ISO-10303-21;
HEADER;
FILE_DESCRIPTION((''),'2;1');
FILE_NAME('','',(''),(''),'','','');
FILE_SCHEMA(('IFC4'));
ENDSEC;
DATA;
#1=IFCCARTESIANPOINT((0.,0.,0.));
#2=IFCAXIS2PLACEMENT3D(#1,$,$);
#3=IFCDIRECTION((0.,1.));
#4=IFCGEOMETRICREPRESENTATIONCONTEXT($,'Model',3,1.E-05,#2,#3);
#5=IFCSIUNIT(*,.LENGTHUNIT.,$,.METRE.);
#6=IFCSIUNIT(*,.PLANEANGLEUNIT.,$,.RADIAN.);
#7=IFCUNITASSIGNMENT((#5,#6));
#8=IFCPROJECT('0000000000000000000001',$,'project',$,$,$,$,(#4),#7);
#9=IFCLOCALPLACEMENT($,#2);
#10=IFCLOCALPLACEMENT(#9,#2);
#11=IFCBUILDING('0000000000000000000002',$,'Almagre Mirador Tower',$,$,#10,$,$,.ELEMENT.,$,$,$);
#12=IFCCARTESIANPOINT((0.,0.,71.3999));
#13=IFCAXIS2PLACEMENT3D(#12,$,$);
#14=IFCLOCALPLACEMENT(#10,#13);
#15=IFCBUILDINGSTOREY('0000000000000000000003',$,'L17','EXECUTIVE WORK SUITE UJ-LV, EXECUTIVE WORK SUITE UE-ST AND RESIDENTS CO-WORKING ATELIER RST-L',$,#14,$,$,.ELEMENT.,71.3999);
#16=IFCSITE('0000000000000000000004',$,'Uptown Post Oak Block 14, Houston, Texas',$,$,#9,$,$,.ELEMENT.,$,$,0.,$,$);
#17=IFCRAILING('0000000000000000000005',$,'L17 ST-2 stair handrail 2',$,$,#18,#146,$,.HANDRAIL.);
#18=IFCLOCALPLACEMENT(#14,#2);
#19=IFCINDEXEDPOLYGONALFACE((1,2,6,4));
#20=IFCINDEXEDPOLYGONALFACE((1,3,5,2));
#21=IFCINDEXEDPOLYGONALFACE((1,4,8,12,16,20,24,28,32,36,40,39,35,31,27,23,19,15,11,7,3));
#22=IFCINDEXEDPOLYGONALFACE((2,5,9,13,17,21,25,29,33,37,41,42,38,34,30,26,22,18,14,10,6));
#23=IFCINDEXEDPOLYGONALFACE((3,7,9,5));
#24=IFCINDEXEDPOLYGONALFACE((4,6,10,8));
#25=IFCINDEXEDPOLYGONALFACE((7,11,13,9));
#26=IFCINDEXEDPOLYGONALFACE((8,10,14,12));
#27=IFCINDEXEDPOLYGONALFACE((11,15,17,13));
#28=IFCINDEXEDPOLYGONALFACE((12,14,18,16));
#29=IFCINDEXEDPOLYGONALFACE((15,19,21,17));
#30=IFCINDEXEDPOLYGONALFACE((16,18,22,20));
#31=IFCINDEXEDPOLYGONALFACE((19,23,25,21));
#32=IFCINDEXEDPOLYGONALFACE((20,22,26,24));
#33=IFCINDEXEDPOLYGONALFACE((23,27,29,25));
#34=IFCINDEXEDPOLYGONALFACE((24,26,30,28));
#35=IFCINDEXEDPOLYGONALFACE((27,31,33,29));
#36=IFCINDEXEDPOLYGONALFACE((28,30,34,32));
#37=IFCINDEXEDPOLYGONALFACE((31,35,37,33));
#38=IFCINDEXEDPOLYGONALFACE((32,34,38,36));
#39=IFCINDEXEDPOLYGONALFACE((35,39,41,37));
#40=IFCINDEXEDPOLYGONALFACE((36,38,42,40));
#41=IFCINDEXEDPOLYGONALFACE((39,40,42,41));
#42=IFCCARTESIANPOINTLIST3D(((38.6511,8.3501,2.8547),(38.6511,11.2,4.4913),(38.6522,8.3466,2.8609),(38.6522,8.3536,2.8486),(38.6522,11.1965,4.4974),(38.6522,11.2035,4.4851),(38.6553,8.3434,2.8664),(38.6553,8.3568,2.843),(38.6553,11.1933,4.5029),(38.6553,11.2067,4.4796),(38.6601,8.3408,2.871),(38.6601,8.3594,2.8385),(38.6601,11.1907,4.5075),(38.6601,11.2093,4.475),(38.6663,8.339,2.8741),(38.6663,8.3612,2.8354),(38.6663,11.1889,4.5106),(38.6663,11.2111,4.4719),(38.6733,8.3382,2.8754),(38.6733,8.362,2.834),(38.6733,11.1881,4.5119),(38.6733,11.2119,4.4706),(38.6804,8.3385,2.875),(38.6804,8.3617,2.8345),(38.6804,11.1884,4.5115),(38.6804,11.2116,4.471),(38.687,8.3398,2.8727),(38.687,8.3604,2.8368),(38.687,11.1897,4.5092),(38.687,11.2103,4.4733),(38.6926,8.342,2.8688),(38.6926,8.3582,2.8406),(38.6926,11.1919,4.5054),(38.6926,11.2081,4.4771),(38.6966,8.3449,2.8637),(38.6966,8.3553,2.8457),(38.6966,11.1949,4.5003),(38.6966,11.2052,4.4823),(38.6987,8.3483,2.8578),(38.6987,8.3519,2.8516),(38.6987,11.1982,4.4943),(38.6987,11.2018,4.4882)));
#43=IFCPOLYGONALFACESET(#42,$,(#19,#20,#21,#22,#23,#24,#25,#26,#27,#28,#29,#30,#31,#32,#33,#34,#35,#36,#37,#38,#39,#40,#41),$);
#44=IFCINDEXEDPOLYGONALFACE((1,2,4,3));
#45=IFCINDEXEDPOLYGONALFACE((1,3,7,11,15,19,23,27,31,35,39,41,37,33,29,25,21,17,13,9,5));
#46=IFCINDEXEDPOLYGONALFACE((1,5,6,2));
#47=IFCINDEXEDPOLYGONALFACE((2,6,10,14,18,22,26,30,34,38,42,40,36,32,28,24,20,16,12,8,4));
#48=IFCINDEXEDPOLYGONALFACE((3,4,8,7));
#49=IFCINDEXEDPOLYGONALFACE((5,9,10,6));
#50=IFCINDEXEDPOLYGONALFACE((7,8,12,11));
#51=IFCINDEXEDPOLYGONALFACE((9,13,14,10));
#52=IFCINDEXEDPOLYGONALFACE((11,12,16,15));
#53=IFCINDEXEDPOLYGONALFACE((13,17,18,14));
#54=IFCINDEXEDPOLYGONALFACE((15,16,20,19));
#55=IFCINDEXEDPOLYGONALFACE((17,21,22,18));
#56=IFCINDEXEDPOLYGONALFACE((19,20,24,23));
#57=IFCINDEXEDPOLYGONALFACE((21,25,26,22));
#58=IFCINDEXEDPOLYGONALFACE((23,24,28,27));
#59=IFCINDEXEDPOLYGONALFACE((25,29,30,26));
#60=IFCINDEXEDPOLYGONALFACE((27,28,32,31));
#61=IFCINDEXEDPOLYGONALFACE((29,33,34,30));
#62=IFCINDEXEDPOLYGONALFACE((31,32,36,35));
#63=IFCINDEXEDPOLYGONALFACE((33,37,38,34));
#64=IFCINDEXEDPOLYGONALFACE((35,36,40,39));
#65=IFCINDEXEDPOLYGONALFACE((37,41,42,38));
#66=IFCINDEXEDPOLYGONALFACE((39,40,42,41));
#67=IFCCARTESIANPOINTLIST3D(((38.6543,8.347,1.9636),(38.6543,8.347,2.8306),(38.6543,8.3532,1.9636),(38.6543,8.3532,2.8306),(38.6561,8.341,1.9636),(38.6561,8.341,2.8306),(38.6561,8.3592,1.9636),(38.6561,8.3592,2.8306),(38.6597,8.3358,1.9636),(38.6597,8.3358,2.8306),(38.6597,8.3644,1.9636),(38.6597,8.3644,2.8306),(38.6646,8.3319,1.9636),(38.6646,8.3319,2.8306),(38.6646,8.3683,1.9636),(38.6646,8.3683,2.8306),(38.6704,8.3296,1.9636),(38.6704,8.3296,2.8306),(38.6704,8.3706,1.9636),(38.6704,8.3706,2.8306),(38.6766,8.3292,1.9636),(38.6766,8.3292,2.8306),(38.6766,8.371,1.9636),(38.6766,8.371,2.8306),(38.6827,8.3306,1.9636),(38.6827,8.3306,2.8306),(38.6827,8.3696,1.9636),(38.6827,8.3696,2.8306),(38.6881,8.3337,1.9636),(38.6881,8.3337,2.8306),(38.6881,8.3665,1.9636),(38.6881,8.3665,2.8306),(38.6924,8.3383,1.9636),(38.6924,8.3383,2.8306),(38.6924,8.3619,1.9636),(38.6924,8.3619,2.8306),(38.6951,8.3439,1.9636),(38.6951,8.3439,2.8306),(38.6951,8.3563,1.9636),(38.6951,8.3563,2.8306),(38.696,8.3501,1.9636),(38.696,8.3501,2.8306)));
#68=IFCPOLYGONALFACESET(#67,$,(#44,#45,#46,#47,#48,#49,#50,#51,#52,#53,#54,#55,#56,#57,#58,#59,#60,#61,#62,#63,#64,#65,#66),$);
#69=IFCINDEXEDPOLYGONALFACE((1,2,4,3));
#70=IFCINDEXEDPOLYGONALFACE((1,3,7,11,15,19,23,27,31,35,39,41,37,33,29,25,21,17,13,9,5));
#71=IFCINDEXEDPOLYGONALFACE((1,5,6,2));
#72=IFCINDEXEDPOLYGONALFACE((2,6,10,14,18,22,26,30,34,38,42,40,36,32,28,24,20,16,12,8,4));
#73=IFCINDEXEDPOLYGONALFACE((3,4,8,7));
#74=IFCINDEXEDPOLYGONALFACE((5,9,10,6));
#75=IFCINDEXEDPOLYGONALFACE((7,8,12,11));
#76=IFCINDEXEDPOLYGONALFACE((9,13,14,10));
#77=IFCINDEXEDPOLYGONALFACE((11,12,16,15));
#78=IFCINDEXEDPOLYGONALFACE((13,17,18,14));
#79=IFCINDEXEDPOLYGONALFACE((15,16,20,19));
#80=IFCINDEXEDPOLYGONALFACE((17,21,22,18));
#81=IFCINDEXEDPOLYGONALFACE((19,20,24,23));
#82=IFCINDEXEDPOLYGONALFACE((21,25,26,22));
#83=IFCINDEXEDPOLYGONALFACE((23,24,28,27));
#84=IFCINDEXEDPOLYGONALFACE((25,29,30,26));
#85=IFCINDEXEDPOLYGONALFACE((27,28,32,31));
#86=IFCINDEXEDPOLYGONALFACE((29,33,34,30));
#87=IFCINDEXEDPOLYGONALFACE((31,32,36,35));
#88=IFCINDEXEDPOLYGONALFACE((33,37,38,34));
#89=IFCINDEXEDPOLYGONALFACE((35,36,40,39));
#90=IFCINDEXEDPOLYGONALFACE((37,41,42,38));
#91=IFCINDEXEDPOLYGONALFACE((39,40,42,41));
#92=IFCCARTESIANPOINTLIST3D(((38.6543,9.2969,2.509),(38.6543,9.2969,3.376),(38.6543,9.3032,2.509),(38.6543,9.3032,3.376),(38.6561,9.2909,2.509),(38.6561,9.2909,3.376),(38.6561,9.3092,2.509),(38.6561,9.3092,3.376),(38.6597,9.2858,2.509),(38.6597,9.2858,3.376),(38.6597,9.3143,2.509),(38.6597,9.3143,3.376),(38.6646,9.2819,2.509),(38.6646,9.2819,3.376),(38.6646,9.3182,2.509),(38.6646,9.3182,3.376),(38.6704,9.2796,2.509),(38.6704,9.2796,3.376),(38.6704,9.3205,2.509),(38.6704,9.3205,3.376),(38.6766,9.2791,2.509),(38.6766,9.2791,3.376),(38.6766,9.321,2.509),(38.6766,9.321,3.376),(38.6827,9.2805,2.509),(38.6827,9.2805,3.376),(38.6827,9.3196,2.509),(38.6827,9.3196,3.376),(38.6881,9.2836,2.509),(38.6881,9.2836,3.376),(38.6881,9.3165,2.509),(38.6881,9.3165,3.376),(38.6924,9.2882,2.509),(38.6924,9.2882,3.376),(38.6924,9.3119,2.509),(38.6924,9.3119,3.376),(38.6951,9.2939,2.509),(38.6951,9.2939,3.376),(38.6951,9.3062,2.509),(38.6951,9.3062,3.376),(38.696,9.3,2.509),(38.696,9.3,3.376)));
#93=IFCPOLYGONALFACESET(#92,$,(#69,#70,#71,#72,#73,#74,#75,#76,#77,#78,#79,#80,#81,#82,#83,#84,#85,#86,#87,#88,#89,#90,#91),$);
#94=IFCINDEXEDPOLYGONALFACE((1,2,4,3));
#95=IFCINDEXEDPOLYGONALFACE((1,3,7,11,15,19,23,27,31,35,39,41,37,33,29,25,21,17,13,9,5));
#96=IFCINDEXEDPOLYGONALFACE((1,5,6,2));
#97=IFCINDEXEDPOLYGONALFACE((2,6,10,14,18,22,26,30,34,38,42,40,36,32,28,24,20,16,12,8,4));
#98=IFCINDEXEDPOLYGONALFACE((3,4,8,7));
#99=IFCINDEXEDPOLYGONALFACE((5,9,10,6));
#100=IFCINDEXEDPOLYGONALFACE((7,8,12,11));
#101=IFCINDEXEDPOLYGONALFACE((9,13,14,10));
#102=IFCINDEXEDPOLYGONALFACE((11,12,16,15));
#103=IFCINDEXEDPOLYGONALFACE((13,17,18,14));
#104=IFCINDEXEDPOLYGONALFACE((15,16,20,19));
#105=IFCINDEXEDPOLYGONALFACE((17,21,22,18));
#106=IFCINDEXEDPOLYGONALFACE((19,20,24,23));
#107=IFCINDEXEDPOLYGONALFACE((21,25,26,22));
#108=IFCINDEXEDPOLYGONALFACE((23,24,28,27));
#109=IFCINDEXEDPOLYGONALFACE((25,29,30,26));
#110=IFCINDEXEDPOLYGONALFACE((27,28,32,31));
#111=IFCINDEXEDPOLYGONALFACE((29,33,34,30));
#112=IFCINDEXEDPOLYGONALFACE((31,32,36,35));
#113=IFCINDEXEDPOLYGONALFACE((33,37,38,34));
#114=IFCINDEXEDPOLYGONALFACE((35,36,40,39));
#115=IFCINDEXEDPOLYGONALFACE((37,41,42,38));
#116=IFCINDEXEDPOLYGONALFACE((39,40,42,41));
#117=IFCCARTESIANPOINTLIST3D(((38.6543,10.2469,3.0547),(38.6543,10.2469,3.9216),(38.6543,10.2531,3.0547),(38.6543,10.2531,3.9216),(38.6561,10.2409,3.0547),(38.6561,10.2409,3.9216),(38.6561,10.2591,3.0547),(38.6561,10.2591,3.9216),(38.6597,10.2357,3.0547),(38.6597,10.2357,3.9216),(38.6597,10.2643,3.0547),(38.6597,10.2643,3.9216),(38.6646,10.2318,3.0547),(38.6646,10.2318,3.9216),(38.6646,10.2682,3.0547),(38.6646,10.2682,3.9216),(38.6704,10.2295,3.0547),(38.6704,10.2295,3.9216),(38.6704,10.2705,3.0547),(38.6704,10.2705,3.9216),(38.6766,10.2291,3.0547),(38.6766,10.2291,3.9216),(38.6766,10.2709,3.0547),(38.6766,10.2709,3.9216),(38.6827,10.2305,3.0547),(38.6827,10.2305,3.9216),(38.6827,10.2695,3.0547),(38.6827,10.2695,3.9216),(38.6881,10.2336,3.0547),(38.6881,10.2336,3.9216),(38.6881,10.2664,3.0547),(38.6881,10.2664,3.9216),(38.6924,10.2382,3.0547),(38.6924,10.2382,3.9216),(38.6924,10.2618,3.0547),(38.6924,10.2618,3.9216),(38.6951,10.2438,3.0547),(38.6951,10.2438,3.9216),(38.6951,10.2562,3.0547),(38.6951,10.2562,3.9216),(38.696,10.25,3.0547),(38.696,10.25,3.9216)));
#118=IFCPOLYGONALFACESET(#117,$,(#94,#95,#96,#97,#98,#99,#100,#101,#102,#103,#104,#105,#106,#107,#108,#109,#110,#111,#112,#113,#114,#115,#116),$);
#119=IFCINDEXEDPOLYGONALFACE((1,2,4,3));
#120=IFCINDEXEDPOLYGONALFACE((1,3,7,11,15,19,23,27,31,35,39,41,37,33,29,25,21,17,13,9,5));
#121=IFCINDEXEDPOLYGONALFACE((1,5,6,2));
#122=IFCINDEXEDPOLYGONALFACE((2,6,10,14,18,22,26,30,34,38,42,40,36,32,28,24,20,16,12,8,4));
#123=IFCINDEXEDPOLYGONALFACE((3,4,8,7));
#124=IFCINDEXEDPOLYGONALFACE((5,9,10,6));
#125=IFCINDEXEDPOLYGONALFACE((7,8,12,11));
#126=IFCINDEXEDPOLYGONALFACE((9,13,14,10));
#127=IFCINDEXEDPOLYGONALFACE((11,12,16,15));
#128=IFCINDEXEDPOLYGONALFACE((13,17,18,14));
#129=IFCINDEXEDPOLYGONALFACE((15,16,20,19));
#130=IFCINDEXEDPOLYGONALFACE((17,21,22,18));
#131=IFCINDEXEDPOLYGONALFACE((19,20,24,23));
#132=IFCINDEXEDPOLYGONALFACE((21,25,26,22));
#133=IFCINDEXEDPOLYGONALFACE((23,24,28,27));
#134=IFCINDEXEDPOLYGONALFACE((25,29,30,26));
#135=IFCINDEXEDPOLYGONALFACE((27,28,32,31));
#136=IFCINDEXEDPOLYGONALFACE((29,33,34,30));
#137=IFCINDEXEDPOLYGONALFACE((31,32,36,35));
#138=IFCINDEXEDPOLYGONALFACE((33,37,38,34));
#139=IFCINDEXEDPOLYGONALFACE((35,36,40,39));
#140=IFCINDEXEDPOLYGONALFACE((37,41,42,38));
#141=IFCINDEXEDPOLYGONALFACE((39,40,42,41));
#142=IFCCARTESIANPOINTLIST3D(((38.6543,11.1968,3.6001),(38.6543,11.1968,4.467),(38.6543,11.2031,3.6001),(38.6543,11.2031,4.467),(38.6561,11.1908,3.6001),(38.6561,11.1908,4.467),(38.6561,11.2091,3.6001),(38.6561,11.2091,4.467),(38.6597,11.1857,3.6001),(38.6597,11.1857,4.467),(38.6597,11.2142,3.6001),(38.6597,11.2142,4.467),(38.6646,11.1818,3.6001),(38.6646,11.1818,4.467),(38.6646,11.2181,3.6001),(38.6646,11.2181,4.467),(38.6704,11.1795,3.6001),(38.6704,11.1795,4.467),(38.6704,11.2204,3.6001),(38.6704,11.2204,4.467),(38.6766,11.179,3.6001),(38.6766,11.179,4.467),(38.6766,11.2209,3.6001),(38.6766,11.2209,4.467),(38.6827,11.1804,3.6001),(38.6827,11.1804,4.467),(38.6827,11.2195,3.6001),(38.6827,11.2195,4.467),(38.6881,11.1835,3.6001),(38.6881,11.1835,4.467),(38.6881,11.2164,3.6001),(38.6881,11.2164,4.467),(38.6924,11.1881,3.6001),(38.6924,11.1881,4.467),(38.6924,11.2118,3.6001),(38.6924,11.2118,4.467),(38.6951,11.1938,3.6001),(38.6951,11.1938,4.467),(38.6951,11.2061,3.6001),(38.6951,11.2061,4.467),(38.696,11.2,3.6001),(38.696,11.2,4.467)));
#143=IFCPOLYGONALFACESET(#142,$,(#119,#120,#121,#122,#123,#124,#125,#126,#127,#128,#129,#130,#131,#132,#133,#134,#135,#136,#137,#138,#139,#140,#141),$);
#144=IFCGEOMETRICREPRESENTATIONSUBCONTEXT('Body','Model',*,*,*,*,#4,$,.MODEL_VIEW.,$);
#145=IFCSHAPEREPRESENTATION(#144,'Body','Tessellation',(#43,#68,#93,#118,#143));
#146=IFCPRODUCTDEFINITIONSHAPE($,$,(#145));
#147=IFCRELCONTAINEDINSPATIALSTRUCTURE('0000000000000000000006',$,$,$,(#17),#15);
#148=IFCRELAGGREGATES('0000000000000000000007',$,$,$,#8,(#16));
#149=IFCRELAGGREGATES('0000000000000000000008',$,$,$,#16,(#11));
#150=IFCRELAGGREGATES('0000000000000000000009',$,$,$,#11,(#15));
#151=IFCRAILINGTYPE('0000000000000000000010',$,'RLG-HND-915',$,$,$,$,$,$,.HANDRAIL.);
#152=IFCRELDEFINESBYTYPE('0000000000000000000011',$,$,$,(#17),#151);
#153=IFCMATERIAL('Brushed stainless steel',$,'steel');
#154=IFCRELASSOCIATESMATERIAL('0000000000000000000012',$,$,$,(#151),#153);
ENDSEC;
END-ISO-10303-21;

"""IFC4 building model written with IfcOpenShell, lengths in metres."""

from ifc_helpers import new_model, si_unit, direction, frame, origin, origin_2d, place, context, subcontext, project, spatial, circle, extrude, material, type_object, element, save


model = new_model("IFC4")

# Units and contexts
model_context = context("Model", 3, precision=1e-05, world=origin(), true_north=direction((0.0, 1.0)))
body_context = subcontext(model_context, "Body", "Model", "MODEL_VIEW")
ifc_project = project(units=[si_unit("LENGTHUNIT", "METRE"), si_unit("PLANEANGLEUNIT", "RADIAN")], contexts=[model_context])

# Site, building, storey
site_placement = place(None, origin())
site = spatial("IfcSite", under=ifc_project, at=site_placement, Name="Uptown Post Oak Block 14, Houston, Texas", CompositionType="ELEMENT", RefElevation=0.0)
building_placement = place(site_placement, origin())
building = spatial("IfcBuilding", under=site, at=building_placement, Name="Almagre Mirador Tower", CompositionType="ELEMENT")
storey_placement = place(building_placement, frame((0.0, 0.0, 71.3999)))
storey = spatial("IfcBuildingStorey", under=building, at=storey_placement, Name="L17", Description="EXECUTIVE WORK SUITE UJ-LV, EXECUTIVE WORK SUITE UE-ST AND RESIDENTS CO-WORKING ATELIER RST-L", CompositionType="ELEMENT", Elevation=71.3999)

# Railing
ifc_material_1 = material(Name="Brushed stainless steel", Category="steel")
railing_type_1 = type_object("IfcRailingType", Name="RLG-HND-915", PredefinedType="HANDRAIL", material=ifc_material_1)
railing_1_placement = place(storey_placement, frame((38.675, 8.3501, 1.9636)))
element("IfcRailing", 1, at=railing_1_placement, inside=storey, type_object=railing_type_1, Name="L17 ST-2 stair handrail 2", PredefinedType="HANDRAIL", context=body_context, shape_type="SweptSolid", body=[
    extrude(circle(Radius=0.0239, at=origin_2d()), frame((0.0, 0.0, 0.8911), z_axis=(0.0, 0.867194, 0.49797), x_axis=(-1.0, 0.0, 0.0)), (0.0, 0.0, 1.0), 3.2864),
    extrude(circle(Radius=0.021, at=origin_2d()), origin(), (0.0, 0.0, 1.0), 0.8669),
    extrude(circle(Radius=0.021, at=origin_2d()), frame((0.0, 0.95, 0.5454)), (0.0, 0.0, 1.0), 0.8669),
    extrude(circle(Radius=0.021, at=origin_2d()), frame((0.0, 1.8999, 1.0911)), (0.0, 0.0, 1.0), 0.8669),
    extrude(circle(Radius=0.021, at=origin_2d()), frame((0.0, 2.8499, 1.6365)), (0.0, 0.0, 1.0), 0.8669),
])

save(model, "model.ifc")
